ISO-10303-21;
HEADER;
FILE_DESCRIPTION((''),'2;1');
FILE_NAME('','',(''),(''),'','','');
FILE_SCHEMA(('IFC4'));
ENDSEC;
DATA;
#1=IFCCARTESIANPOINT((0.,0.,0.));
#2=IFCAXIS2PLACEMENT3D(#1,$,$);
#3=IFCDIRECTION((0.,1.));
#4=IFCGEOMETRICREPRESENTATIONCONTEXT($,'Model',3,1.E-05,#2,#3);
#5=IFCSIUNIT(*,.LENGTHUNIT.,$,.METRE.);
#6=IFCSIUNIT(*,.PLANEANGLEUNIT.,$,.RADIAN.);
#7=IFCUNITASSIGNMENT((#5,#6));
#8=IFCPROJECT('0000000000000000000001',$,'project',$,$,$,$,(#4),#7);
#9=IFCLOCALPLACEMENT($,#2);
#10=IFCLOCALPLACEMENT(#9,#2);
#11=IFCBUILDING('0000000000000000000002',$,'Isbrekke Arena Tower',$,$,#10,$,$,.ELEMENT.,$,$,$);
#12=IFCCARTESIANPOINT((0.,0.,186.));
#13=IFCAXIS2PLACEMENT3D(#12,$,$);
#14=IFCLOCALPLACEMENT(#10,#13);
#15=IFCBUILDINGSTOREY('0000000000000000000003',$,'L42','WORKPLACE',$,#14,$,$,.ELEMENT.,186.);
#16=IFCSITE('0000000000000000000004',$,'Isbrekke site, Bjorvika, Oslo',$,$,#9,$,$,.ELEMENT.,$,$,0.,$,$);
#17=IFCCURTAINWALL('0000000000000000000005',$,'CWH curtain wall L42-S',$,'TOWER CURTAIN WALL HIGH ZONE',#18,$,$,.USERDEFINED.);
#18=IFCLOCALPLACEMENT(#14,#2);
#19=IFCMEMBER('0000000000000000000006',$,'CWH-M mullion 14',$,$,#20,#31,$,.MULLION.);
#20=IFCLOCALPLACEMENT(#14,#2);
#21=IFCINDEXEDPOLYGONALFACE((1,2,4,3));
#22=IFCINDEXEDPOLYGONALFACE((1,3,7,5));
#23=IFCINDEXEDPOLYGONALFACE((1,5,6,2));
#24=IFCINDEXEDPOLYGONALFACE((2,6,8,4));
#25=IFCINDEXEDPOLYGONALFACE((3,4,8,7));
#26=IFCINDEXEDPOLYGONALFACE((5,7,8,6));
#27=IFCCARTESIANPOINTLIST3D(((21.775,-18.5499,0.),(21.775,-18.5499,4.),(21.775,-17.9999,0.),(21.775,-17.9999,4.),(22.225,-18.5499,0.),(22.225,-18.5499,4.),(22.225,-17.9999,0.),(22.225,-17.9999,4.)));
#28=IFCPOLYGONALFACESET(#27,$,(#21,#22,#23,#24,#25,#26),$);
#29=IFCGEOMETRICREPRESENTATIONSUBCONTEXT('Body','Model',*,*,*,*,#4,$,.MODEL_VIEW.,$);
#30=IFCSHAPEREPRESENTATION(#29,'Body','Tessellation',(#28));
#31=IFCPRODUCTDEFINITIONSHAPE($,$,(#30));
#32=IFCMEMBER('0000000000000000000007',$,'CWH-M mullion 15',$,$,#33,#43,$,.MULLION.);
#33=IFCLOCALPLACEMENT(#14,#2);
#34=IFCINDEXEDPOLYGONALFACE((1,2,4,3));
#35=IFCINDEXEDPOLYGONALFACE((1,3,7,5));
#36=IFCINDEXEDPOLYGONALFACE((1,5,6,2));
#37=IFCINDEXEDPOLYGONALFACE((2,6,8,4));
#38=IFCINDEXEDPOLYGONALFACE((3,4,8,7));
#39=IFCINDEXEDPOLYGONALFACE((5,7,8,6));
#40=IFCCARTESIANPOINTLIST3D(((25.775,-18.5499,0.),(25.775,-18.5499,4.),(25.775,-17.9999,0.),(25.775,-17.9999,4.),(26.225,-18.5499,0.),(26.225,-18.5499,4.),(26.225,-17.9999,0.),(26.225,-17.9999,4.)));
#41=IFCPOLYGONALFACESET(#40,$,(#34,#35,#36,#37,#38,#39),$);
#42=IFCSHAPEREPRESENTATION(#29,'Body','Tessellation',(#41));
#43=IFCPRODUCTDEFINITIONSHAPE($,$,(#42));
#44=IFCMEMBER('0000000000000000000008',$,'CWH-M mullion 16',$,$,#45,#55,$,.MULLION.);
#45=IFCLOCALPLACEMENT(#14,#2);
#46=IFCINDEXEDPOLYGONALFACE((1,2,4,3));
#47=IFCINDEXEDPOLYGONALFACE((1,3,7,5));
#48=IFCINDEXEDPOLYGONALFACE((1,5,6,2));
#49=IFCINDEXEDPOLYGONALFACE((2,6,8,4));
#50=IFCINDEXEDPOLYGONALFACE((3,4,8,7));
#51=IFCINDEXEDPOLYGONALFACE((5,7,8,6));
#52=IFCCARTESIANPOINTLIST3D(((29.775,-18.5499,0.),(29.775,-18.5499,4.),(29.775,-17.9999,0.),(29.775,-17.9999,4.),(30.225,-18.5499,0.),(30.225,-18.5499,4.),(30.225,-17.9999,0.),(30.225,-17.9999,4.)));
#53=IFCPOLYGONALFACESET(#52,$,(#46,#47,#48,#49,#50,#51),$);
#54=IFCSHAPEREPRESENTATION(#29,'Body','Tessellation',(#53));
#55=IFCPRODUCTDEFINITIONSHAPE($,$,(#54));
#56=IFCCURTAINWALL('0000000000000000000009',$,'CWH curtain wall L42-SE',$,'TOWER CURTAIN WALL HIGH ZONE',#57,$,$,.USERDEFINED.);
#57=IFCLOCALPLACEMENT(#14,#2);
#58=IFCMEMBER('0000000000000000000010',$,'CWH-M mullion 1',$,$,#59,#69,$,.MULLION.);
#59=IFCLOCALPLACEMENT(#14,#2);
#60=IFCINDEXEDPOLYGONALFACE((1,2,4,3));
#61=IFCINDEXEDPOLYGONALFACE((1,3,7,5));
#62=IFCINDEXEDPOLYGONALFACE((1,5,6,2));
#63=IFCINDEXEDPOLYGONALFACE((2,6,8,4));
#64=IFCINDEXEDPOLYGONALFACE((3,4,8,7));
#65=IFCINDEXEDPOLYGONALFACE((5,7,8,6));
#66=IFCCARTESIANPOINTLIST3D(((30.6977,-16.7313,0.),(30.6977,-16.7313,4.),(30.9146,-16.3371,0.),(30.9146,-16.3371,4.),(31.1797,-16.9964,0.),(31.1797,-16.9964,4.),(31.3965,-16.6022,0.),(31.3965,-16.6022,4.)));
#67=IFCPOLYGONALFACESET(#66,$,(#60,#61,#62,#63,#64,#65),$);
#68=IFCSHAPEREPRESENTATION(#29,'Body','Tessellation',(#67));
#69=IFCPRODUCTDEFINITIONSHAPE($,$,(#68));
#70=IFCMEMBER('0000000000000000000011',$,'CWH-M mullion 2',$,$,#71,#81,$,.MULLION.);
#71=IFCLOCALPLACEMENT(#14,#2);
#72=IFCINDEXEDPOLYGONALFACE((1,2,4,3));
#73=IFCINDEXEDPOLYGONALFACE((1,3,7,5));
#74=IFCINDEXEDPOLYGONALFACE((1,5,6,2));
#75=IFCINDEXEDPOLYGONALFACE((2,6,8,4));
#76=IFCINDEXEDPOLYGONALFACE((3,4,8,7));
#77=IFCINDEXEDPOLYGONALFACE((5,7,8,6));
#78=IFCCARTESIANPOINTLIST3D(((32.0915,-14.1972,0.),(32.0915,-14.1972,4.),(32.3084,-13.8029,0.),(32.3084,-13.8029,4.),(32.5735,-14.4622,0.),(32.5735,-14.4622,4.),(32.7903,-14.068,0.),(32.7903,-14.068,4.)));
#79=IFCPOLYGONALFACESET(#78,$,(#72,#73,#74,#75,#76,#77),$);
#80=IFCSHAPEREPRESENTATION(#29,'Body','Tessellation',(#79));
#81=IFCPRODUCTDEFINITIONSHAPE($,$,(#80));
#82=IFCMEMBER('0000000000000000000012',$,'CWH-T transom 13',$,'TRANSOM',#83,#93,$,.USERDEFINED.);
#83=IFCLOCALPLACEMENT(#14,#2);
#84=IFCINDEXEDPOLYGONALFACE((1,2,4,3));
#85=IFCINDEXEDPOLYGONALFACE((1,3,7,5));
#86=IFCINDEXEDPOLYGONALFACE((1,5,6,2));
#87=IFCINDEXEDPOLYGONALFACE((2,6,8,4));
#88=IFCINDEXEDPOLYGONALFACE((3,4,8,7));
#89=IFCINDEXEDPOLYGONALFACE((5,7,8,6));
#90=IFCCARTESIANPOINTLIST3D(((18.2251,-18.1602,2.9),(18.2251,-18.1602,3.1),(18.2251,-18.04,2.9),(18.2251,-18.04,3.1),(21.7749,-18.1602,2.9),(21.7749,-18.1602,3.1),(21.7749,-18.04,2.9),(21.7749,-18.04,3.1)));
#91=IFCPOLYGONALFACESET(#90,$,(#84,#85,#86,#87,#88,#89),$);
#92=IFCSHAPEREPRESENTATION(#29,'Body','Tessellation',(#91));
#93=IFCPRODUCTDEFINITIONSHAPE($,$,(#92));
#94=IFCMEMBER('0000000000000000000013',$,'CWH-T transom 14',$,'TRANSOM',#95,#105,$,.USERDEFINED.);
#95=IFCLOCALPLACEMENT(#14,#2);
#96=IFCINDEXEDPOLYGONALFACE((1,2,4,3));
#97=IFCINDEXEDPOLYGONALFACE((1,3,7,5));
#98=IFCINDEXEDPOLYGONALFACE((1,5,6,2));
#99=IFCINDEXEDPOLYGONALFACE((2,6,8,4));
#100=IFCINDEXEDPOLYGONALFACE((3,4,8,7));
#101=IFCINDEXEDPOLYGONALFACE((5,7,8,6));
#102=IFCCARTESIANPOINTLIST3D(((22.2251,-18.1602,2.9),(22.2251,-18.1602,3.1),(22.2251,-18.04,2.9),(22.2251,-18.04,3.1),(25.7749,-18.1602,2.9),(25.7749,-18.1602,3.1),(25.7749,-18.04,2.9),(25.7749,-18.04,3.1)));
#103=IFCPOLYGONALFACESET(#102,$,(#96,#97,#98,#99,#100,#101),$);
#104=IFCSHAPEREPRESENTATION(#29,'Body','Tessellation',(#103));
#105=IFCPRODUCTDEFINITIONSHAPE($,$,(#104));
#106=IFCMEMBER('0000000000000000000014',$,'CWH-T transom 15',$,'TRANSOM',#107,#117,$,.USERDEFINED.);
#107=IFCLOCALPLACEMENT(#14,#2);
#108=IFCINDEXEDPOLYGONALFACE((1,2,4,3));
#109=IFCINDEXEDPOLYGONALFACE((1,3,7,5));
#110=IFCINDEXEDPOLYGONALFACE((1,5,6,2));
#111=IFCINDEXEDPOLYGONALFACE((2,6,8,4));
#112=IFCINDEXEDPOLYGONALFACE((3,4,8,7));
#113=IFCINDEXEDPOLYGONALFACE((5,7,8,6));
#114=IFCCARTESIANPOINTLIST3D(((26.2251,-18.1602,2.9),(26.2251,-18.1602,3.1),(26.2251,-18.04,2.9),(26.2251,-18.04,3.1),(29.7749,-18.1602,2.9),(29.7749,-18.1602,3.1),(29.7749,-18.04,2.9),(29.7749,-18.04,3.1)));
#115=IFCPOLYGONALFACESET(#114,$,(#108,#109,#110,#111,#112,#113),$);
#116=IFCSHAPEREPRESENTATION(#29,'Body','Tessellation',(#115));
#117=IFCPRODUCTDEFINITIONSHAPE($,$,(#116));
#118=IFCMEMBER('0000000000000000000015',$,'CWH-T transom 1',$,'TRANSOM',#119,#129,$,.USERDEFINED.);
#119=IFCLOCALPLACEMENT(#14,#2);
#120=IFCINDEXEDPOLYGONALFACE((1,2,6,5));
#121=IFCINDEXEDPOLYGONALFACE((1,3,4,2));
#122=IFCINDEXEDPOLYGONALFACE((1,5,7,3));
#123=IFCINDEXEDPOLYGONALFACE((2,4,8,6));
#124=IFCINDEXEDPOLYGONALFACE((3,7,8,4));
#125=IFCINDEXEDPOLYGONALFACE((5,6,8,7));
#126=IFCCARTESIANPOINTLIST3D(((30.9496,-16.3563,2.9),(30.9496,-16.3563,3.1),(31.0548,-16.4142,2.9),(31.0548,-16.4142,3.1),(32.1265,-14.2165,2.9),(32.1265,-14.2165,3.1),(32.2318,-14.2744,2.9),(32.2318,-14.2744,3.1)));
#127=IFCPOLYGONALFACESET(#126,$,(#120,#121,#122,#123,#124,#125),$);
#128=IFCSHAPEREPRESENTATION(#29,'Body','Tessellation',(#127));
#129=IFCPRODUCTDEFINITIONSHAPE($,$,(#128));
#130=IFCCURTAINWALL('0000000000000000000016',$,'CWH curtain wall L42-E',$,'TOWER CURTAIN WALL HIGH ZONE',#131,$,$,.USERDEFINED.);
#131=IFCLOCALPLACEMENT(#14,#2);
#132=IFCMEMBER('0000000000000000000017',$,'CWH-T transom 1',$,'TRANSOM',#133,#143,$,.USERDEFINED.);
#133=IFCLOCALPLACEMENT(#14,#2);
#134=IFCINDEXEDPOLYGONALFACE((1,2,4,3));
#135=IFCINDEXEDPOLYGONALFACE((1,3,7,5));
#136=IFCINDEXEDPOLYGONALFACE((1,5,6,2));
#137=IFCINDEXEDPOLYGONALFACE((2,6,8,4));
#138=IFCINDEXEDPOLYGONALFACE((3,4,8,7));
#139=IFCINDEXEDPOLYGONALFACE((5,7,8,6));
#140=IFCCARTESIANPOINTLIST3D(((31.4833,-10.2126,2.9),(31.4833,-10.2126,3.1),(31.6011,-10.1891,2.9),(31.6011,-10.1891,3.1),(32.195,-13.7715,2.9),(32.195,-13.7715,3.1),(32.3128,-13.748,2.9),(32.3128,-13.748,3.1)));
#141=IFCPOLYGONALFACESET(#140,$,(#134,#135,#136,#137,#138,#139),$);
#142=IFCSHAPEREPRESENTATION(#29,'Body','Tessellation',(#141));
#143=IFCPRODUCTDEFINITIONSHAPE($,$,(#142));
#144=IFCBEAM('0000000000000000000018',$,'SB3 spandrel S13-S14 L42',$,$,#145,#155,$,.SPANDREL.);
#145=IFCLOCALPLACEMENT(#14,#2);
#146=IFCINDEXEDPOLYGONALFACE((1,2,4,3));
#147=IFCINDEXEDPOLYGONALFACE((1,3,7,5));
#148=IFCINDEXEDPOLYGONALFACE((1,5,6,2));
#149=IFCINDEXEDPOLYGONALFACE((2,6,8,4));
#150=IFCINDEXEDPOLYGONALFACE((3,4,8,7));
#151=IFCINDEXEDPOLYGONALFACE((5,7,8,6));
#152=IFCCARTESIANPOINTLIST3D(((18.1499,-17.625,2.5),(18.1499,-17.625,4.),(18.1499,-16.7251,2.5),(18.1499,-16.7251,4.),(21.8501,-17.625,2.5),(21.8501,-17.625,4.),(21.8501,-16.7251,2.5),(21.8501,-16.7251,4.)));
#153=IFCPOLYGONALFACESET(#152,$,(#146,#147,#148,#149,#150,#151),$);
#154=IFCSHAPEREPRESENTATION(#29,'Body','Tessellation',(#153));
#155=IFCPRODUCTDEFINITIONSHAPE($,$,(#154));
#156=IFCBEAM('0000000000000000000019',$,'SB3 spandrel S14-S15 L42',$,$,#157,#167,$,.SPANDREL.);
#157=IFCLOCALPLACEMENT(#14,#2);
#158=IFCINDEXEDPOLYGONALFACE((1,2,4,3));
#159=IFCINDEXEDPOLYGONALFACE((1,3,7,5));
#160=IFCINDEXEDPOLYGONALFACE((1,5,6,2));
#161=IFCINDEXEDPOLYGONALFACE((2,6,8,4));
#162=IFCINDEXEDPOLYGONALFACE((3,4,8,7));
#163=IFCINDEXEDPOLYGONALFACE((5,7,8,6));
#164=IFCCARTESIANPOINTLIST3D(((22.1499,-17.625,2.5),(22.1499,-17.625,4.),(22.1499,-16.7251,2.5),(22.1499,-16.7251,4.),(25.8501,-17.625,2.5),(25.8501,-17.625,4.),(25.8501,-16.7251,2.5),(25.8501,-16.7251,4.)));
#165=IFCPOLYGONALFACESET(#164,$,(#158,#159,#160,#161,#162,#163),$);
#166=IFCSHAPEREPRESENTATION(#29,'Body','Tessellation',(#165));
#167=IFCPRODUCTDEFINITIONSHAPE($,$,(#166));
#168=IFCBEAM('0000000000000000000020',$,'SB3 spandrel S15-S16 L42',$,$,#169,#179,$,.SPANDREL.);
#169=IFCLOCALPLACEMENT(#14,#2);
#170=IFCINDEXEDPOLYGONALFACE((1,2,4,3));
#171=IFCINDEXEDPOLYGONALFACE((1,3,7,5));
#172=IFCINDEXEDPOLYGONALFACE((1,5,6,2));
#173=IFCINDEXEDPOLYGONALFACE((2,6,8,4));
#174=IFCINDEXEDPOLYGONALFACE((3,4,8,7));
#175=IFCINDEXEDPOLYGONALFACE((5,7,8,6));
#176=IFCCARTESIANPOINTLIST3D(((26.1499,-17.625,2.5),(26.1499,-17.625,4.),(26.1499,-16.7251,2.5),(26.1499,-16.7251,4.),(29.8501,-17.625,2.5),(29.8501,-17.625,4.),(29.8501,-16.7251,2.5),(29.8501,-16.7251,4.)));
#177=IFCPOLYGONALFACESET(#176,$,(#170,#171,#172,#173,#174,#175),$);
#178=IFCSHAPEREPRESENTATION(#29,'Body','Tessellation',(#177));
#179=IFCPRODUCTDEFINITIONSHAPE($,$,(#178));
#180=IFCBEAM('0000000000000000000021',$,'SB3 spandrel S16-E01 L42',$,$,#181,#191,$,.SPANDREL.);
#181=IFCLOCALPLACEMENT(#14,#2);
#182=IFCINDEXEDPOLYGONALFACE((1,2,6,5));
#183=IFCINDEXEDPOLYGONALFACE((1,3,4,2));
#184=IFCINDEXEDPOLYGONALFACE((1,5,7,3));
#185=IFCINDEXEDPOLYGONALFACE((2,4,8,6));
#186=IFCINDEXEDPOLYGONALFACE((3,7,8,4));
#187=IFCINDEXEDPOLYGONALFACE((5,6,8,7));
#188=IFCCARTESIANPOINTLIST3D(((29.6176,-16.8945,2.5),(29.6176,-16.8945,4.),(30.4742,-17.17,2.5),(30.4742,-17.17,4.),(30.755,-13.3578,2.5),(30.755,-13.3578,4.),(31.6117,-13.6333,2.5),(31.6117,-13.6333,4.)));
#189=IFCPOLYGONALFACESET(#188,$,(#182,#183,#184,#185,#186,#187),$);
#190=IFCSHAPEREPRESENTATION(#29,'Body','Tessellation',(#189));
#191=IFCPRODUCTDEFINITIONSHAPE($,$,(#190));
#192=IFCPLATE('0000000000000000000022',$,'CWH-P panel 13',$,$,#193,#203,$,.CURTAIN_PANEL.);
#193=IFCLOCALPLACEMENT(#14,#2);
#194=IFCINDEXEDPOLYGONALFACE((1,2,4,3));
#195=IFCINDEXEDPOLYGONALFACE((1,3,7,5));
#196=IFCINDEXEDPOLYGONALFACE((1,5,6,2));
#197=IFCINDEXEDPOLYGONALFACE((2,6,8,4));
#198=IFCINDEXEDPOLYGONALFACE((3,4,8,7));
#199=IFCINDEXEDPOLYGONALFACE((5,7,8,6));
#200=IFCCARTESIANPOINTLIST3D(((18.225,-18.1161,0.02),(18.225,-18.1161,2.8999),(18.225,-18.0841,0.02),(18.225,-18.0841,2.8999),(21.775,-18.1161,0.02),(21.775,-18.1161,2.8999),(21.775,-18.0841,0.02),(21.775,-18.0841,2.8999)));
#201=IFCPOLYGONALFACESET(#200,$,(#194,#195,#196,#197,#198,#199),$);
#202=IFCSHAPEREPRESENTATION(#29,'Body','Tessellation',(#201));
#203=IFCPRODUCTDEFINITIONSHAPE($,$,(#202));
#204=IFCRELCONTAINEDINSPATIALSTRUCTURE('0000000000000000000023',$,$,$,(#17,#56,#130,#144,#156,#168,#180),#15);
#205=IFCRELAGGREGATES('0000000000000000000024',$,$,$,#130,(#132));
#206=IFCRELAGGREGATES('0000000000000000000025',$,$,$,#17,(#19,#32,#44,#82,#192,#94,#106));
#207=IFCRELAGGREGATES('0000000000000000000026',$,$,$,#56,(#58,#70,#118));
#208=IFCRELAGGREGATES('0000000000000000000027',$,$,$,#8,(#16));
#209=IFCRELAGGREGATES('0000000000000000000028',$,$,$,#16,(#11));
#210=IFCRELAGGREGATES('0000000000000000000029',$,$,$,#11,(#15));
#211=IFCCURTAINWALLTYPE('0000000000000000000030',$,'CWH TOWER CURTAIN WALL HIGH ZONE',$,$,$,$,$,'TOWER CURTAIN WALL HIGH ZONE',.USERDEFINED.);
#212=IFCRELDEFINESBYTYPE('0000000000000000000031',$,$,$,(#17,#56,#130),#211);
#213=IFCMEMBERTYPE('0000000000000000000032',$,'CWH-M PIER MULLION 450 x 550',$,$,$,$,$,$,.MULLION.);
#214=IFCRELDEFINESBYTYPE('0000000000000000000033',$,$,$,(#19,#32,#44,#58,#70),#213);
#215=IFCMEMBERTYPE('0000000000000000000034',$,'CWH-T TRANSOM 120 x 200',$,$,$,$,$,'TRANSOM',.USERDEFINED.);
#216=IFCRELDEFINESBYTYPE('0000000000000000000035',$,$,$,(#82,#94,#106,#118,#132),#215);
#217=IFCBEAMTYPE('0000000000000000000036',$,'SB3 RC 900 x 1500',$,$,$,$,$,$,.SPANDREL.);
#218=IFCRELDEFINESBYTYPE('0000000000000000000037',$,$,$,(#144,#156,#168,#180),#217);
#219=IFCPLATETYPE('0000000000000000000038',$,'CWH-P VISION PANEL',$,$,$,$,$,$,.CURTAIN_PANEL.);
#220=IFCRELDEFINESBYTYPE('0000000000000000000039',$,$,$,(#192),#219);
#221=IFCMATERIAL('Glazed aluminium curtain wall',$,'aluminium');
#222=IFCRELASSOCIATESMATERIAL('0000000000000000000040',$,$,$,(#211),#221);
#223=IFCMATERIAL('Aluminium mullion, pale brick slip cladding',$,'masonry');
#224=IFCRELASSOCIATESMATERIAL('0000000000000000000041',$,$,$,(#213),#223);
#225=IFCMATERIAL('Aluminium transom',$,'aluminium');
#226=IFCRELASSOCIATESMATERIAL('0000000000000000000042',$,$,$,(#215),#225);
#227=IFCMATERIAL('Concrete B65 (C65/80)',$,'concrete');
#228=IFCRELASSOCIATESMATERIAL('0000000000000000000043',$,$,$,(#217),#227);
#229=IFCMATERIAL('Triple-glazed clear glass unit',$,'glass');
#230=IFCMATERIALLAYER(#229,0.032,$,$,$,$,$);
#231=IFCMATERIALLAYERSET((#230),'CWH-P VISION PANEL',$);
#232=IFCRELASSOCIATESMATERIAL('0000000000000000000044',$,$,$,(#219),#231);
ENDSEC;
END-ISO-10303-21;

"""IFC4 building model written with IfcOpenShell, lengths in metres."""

from ifc_helpers import new_model, si_unit, direction, frame, origin, origin_2d, place, context, subcontext, project, spatial, rectangle, extrude, material, layer, layer_set, material_profile, profile_set, type_object, element, aggregate, save


model = new_model("IFC4")

# Units and contexts
model_context = context("Model", 3, precision=1e-05, world=origin(), true_north=direction((0.0, 1.0)))
body_context = subcontext(model_context, "Body", "Model", "MODEL_VIEW")
ifc_project = project(units=[si_unit("LENGTHUNIT", "METRE"), si_unit("PLANEANGLEUNIT", "RADIAN")], contexts=[model_context])

# Site, building, storey
site_placement = place(None, origin())
site = spatial("IfcSite", under=ifc_project, at=site_placement, Name="Isbrekke site, Bjorvika, Oslo", CompositionType="ELEMENT", RefElevation=0.0)
building_placement = place(site_placement, origin())
building = spatial("IfcBuilding", under=site, at=building_placement, Name="Isbrekke Arena Tower", CompositionType="ELEMENT")
storey_placement = place(building_placement, frame((0.0, 0.0, 186.0)))
storey = spatial("IfcBuildingStorey", under=building, at=storey_placement, Name="L42", Description="WORKPLACE", CompositionType="ELEMENT", Elevation=186.0)

# Curtain walls, members
ifc_material_1 = material(Name="Glazed aluminium curtain wall", Category="aluminium")
curtain_wall_type = type_object("IfcCurtainWallType", Name="CWH TOWER CURTAIN WALL HIGH ZONE", ElementType="TOWER CURTAIN WALL HIGH ZONE", PredefinedType="USERDEFINED", material=ifc_material_1)
curtain_wall_1_placement = place(storey_placement, origin())
curtain_wall_1 = element("IfcCurtainWall", 1, at=curtain_wall_1_placement, inside=storey, type_object=curtain_wall_type, Name="CWH curtain wall L42-S", ObjectType="TOWER CURTAIN WALL HIGH ZONE", PredefinedType="USERDEFINED")
ifc_material_2 = material(Name="Aluminium mullion, pale brick slip cladding", Category="masonry")
ifc_material_profile_1 = material_profile(ifc_material_2, rectangle(XDim=0.45, YDim=0.55, at=origin_2d()), Name="PIER 450X550")
ifc_profile_set_1 = profile_set([ifc_material_profile_1], Name="Aluminium mullion, pale brick slip cladding")
member_type_1 = type_object("IfcMemberType", Name="CWH-M PIER MULLION 450 x 550", PredefinedType="MULLION", material=ifc_profile_set_1)
member_1_placement = place(storey_placement, frame((22.0, -18.2749, 0.0), z_axis=(0.0, 0.0, 1.0), x_axis=(1.0, 0.0, 0.0)))
member_1 = element("IfcMember", 2, at=member_1_placement, type_object=member_type_1, Name="CWH-M mullion 14", PredefinedType="MULLION", context=body_context, shape_type="SweptSolid", body=[
    extrude(rectangle(XDim=0.45, YDim=0.55, at=origin_2d()), origin(), (0.0, 0.0, 1.0), 4.0),
])
member_2_placement = place(storey_placement, frame((26.0, -18.2749, 0.0), z_axis=(0.0, 0.0, 1.0), x_axis=(1.0, 0.0, 0.0)))
member_2 = element("IfcMember", 3, at=member_2_placement, type_object=member_type_1, Name="CWH-M mullion 15", PredefinedType="MULLION", context=body_context, shape_type="SweptSolid", body=[
    extrude(rectangle(XDim=0.45, YDim=0.55, at=origin_2d()), origin(), (0.0, 0.0, 1.0), 4.0),
])
member_3_placement = place(storey_placement, frame((30.0, -18.2749, 0.0), z_axis=(0.0, 0.0, 1.0), x_axis=(1.0, 0.0, 0.0)))
member_3 = element("IfcMember", 4, at=member_3_placement, type_object=member_type_1, Name="CWH-M mullion 16", PredefinedType="MULLION", context=body_context, shape_type="SweptSolid", body=[
    extrude(rectangle(XDim=0.45, YDim=0.55, at=origin_2d()), origin(), (0.0, 0.0, 1.0), 4.0),
])
curtain_wall_2_placement = place(storey_placement, origin())
curtain_wall_2 = element("IfcCurtainWall", 5, at=curtain_wall_2_placement, inside=storey, type_object=curtain_wall_type, Name="CWH curtain wall L42-SE", ObjectType="TOWER CURTAIN WALL HIGH ZONE", PredefinedType="USERDEFINED")
member_4_placement = place(storey_placement, frame((31.0471, -16.6667, 0.0), z_axis=(0.0, 0.0, 1.0), x_axis=(0.481919, 0.876216, 0.0)))
member_4 = element("IfcMember", 6, at=member_4_placement, type_object=member_type_1, Name="CWH-M mullion 1", PredefinedType="MULLION", context=body_context, shape_type="SweptSolid", body=[
    extrude(rectangle(XDim=0.45, YDim=0.55, at=origin_2d()), origin(), (0.0, 0.0, 1.0), 4.0),
])
member_5_placement = place(storey_placement, frame((32.4409, -14.1326, 0.0), z_axis=(0.0, 0.0, 1.0), x_axis=(0.481919, 0.876216, 0.0)))
member_5 = element("IfcMember", 7, at=member_5_placement, type_object=member_type_1, Name="CWH-M mullion 2", PredefinedType="MULLION", context=body_context, shape_type="SweptSolid", body=[
    extrude(rectangle(XDim=0.45, YDim=0.55, at=origin_2d()), origin(), (0.0, 0.0, 1.0), 4.0),
])

# Members
ifc_material_3 = material(Name="Aluminium transom", Category="aluminium")
ifc_material_profile_2 = material_profile(ifc_material_3, rectangle(XDim=0.1201, YDim=0.2, at=origin_2d()), Name="TRANSOM 120X200")
ifc_profile_set_2 = profile_set([ifc_material_profile_2], Name="Aluminium transom")
member_type_2 = type_object("IfcMemberType", Name="CWH-T TRANSOM 120 x 200", ElementType="TRANSOM", PredefinedType="USERDEFINED", material=ifc_profile_set_2)
member_6_placement = place(storey_placement, frame((18.2251, -18.1001, 3.0), z_axis=(1.0, 0.0, 0.0), x_axis=(0.0, 1.0, 0.0)))
member_6 = element("IfcMember", 8, at=member_6_placement, type_object=member_type_2, Name="CWH-T transom 13", ObjectType="TRANSOM", PredefinedType="USERDEFINED", context=body_context, shape_type="SweptSolid", body=[
    extrude(rectangle(XDim=0.1201, YDim=0.2, at=origin_2d()), origin(), (0.0, 0.0, 1.0), 3.5498),
])
member_7_placement = place(storey_placement, frame((22.2251, -18.1001, 3.0), z_axis=(1.0, 0.0, 0.0), x_axis=(0.0, 1.0, 0.0)))
member_7 = element("IfcMember", 9, at=member_7_placement, type_object=member_type_2, Name="CWH-T transom 14", ObjectType="TRANSOM", PredefinedType="USERDEFINED", context=body_context, shape_type="SweptSolid", body=[
    extrude(rectangle(XDim=0.1201, YDim=0.2, at=origin_2d()), origin(), (0.0, 0.0, 1.0), 3.5498),
])
member_8_placement = place(storey_placement, frame((26.2251, -18.1001, 3.0), z_axis=(1.0, 0.0, 0.0), x_axis=(0.0, 1.0, 0.0)))
member_8 = element("IfcMember", 10, at=member_8_placement, type_object=member_type_2, Name="CWH-T transom 15", ObjectType="TRANSOM", PredefinedType="USERDEFINED", context=body_context, shape_type="SweptSolid", body=[
    extrude(rectangle(XDim=0.1201, YDim=0.2, at=origin_2d()), origin(), (0.0, 0.0, 1.0), 3.5498),
])
member_9_placement = place(storey_placement, frame((31.0022, -16.3853, 3.0), z_axis=(0.481938, 0.876205, 0.0), x_axis=(-0.876205, 0.481938, 0.0)))
member_9 = element("IfcMember", 11, at=member_9_placement, type_object=member_type_2, Name="CWH-T transom 1", ObjectType="TRANSOM", PredefinedType="USERDEFINED", context=body_context, shape_type="SweptSolid", body=[
    extrude(rectangle(XDim=0.1201, YDim=0.2, at=origin_2d()), origin(), (0.0, 0.0, 1.0), 2.4421),
])

# Curtain wall, member
curtain_wall_3_placement = place(storey_placement, origin())
curtain_wall_3 = element("IfcCurtainWall", 12, at=curtain_wall_3_placement, inside=storey, type_object=curtain_wall_type, Name="CWH curtain wall L42-E", ObjectType="TOWER CURTAIN WALL HIGH ZONE", PredefinedType="USERDEFINED")
member_10_placement = place(storey_placement, frame((32.2539, -13.7598, 3.0), z_axis=(-0.19609, 0.980586, 0.0), x_axis=(-0.980586, -0.19609, 0.0)))
member_10 = element("IfcMember", 13, at=member_10_placement, type_object=member_type_2, Name="CWH-T transom 1", ObjectType="TRANSOM", PredefinedType="USERDEFINED", context=body_context, shape_type="SweptSolid", body=[
    extrude(rectangle(XDim=0.1201, YDim=0.2, at=origin_2d()), origin(), (0.0, 0.0, 1.0), 3.6294),
])
aggregate(curtain_wall_3, [member_10])

# Beams
ifc_material_4 = material(Name="Concrete B65 (C65/80)", Category="concrete")
ifc_material_profile_3 = material_profile(ifc_material_4, rectangle(XDim=0.8999, YDim=1.5, at=origin_2d()), Name="RC 900x1500")
ifc_profile_set_3 = profile_set([ifc_material_profile_3], Name="Concrete B65 (C65/80)")
beam_type_1 = type_object("IfcBeamType", Name="SB3 RC 900 x 1500", PredefinedType="SPANDREL", material=ifc_profile_set_3)
for number, where, z_axis, x_axis, name in (
    (14, (18.1499, -17.175, 3.25), (1.0, 0.0, 0.0), (0.0, 1.0, 0.0), "SB3 spandrel S13-S14 L42"),
    (15, (22.1499, -17.175, 3.25), (1.0, 0.0, 0.0), (0.0, 1.0, 0.0), "SB3 spandrel S14-S15 L42"),
    (16, (26.1499, -17.175, 3.25), (1.0, 0.0, 0.0), (0.0, 1.0, 0.0), "SB3 spandrel S15-S16 L42"),
):
    element("IfcBeam", number, at=place(storey_placement, frame(where, z_axis=z_axis, x_axis=x_axis)), inside=storey, type_object=beam_type_1, Name=name, PredefinedType="SPANDREL", context=body_context, shape_type="SweptSolid", body=[
        extrude(rectangle(XDim=0.8999, YDim=1.5, at=origin_2d()), origin(), (0.0, 0.0, 1.0), 3.7002),
    ])
beam_1_placement = place(storey_placement, frame((30.0459, -17.0322, 3.25), z_axis=(0.306175, 0.951975, 0.0), x_axis=(-0.951975, 0.306175, 0.0)))
element("IfcBeam", 17, at=beam_1_placement, inside=storey, type_object=beam_type_1, Name="SB3 spandrel S16-E01 L42", PredefinedType="SPANDREL", context=body_context, shape_type="SweptSolid", body=[
    extrude(rectangle(XDim=0.8999, YDim=1.5, at=origin_2d()), origin(), (0.0, 0.0, 1.0), 3.7151),
])

# Plate
ifc_material_5 = material(Name="Triple-glazed clear glass unit", Category="glass")
ifc_layer = layer(ifc_material_5, 0.032)
ifc_layer_set = layer_set([ifc_layer], Name="CWH-P VISION PANEL")
plate_type = type_object("IfcPlateType", Name="CWH-P VISION PANEL", PredefinedType="CURTAIN_PANEL", material=ifc_layer_set)
plate_1_placement = place(storey_placement, frame((20.0, -18.1001, 0.02), z_axis=(0.0, 0.0, 1.0), x_axis=(1.0, 0.0, 0.0)))
plate_1 = element("IfcPlate", 18, at=plate_1_placement, type_object=plate_type, Name="CWH-P panel 13", PredefinedType="CURTAIN_PANEL", context=body_context, shape_type="SweptSolid", body=[
    extrude(rectangle(XDim=3.55, YDim=0.032, at=origin_2d()), origin(), (0.0, 0.0, 1.0), 2.8799),
])
aggregate(curtain_wall_1, [member_1, member_2, member_3, member_6, plate_1, member_7, member_8])
aggregate(curtain_wall_2, [member_4, member_5, member_9])

save(model, "model.ifc")
